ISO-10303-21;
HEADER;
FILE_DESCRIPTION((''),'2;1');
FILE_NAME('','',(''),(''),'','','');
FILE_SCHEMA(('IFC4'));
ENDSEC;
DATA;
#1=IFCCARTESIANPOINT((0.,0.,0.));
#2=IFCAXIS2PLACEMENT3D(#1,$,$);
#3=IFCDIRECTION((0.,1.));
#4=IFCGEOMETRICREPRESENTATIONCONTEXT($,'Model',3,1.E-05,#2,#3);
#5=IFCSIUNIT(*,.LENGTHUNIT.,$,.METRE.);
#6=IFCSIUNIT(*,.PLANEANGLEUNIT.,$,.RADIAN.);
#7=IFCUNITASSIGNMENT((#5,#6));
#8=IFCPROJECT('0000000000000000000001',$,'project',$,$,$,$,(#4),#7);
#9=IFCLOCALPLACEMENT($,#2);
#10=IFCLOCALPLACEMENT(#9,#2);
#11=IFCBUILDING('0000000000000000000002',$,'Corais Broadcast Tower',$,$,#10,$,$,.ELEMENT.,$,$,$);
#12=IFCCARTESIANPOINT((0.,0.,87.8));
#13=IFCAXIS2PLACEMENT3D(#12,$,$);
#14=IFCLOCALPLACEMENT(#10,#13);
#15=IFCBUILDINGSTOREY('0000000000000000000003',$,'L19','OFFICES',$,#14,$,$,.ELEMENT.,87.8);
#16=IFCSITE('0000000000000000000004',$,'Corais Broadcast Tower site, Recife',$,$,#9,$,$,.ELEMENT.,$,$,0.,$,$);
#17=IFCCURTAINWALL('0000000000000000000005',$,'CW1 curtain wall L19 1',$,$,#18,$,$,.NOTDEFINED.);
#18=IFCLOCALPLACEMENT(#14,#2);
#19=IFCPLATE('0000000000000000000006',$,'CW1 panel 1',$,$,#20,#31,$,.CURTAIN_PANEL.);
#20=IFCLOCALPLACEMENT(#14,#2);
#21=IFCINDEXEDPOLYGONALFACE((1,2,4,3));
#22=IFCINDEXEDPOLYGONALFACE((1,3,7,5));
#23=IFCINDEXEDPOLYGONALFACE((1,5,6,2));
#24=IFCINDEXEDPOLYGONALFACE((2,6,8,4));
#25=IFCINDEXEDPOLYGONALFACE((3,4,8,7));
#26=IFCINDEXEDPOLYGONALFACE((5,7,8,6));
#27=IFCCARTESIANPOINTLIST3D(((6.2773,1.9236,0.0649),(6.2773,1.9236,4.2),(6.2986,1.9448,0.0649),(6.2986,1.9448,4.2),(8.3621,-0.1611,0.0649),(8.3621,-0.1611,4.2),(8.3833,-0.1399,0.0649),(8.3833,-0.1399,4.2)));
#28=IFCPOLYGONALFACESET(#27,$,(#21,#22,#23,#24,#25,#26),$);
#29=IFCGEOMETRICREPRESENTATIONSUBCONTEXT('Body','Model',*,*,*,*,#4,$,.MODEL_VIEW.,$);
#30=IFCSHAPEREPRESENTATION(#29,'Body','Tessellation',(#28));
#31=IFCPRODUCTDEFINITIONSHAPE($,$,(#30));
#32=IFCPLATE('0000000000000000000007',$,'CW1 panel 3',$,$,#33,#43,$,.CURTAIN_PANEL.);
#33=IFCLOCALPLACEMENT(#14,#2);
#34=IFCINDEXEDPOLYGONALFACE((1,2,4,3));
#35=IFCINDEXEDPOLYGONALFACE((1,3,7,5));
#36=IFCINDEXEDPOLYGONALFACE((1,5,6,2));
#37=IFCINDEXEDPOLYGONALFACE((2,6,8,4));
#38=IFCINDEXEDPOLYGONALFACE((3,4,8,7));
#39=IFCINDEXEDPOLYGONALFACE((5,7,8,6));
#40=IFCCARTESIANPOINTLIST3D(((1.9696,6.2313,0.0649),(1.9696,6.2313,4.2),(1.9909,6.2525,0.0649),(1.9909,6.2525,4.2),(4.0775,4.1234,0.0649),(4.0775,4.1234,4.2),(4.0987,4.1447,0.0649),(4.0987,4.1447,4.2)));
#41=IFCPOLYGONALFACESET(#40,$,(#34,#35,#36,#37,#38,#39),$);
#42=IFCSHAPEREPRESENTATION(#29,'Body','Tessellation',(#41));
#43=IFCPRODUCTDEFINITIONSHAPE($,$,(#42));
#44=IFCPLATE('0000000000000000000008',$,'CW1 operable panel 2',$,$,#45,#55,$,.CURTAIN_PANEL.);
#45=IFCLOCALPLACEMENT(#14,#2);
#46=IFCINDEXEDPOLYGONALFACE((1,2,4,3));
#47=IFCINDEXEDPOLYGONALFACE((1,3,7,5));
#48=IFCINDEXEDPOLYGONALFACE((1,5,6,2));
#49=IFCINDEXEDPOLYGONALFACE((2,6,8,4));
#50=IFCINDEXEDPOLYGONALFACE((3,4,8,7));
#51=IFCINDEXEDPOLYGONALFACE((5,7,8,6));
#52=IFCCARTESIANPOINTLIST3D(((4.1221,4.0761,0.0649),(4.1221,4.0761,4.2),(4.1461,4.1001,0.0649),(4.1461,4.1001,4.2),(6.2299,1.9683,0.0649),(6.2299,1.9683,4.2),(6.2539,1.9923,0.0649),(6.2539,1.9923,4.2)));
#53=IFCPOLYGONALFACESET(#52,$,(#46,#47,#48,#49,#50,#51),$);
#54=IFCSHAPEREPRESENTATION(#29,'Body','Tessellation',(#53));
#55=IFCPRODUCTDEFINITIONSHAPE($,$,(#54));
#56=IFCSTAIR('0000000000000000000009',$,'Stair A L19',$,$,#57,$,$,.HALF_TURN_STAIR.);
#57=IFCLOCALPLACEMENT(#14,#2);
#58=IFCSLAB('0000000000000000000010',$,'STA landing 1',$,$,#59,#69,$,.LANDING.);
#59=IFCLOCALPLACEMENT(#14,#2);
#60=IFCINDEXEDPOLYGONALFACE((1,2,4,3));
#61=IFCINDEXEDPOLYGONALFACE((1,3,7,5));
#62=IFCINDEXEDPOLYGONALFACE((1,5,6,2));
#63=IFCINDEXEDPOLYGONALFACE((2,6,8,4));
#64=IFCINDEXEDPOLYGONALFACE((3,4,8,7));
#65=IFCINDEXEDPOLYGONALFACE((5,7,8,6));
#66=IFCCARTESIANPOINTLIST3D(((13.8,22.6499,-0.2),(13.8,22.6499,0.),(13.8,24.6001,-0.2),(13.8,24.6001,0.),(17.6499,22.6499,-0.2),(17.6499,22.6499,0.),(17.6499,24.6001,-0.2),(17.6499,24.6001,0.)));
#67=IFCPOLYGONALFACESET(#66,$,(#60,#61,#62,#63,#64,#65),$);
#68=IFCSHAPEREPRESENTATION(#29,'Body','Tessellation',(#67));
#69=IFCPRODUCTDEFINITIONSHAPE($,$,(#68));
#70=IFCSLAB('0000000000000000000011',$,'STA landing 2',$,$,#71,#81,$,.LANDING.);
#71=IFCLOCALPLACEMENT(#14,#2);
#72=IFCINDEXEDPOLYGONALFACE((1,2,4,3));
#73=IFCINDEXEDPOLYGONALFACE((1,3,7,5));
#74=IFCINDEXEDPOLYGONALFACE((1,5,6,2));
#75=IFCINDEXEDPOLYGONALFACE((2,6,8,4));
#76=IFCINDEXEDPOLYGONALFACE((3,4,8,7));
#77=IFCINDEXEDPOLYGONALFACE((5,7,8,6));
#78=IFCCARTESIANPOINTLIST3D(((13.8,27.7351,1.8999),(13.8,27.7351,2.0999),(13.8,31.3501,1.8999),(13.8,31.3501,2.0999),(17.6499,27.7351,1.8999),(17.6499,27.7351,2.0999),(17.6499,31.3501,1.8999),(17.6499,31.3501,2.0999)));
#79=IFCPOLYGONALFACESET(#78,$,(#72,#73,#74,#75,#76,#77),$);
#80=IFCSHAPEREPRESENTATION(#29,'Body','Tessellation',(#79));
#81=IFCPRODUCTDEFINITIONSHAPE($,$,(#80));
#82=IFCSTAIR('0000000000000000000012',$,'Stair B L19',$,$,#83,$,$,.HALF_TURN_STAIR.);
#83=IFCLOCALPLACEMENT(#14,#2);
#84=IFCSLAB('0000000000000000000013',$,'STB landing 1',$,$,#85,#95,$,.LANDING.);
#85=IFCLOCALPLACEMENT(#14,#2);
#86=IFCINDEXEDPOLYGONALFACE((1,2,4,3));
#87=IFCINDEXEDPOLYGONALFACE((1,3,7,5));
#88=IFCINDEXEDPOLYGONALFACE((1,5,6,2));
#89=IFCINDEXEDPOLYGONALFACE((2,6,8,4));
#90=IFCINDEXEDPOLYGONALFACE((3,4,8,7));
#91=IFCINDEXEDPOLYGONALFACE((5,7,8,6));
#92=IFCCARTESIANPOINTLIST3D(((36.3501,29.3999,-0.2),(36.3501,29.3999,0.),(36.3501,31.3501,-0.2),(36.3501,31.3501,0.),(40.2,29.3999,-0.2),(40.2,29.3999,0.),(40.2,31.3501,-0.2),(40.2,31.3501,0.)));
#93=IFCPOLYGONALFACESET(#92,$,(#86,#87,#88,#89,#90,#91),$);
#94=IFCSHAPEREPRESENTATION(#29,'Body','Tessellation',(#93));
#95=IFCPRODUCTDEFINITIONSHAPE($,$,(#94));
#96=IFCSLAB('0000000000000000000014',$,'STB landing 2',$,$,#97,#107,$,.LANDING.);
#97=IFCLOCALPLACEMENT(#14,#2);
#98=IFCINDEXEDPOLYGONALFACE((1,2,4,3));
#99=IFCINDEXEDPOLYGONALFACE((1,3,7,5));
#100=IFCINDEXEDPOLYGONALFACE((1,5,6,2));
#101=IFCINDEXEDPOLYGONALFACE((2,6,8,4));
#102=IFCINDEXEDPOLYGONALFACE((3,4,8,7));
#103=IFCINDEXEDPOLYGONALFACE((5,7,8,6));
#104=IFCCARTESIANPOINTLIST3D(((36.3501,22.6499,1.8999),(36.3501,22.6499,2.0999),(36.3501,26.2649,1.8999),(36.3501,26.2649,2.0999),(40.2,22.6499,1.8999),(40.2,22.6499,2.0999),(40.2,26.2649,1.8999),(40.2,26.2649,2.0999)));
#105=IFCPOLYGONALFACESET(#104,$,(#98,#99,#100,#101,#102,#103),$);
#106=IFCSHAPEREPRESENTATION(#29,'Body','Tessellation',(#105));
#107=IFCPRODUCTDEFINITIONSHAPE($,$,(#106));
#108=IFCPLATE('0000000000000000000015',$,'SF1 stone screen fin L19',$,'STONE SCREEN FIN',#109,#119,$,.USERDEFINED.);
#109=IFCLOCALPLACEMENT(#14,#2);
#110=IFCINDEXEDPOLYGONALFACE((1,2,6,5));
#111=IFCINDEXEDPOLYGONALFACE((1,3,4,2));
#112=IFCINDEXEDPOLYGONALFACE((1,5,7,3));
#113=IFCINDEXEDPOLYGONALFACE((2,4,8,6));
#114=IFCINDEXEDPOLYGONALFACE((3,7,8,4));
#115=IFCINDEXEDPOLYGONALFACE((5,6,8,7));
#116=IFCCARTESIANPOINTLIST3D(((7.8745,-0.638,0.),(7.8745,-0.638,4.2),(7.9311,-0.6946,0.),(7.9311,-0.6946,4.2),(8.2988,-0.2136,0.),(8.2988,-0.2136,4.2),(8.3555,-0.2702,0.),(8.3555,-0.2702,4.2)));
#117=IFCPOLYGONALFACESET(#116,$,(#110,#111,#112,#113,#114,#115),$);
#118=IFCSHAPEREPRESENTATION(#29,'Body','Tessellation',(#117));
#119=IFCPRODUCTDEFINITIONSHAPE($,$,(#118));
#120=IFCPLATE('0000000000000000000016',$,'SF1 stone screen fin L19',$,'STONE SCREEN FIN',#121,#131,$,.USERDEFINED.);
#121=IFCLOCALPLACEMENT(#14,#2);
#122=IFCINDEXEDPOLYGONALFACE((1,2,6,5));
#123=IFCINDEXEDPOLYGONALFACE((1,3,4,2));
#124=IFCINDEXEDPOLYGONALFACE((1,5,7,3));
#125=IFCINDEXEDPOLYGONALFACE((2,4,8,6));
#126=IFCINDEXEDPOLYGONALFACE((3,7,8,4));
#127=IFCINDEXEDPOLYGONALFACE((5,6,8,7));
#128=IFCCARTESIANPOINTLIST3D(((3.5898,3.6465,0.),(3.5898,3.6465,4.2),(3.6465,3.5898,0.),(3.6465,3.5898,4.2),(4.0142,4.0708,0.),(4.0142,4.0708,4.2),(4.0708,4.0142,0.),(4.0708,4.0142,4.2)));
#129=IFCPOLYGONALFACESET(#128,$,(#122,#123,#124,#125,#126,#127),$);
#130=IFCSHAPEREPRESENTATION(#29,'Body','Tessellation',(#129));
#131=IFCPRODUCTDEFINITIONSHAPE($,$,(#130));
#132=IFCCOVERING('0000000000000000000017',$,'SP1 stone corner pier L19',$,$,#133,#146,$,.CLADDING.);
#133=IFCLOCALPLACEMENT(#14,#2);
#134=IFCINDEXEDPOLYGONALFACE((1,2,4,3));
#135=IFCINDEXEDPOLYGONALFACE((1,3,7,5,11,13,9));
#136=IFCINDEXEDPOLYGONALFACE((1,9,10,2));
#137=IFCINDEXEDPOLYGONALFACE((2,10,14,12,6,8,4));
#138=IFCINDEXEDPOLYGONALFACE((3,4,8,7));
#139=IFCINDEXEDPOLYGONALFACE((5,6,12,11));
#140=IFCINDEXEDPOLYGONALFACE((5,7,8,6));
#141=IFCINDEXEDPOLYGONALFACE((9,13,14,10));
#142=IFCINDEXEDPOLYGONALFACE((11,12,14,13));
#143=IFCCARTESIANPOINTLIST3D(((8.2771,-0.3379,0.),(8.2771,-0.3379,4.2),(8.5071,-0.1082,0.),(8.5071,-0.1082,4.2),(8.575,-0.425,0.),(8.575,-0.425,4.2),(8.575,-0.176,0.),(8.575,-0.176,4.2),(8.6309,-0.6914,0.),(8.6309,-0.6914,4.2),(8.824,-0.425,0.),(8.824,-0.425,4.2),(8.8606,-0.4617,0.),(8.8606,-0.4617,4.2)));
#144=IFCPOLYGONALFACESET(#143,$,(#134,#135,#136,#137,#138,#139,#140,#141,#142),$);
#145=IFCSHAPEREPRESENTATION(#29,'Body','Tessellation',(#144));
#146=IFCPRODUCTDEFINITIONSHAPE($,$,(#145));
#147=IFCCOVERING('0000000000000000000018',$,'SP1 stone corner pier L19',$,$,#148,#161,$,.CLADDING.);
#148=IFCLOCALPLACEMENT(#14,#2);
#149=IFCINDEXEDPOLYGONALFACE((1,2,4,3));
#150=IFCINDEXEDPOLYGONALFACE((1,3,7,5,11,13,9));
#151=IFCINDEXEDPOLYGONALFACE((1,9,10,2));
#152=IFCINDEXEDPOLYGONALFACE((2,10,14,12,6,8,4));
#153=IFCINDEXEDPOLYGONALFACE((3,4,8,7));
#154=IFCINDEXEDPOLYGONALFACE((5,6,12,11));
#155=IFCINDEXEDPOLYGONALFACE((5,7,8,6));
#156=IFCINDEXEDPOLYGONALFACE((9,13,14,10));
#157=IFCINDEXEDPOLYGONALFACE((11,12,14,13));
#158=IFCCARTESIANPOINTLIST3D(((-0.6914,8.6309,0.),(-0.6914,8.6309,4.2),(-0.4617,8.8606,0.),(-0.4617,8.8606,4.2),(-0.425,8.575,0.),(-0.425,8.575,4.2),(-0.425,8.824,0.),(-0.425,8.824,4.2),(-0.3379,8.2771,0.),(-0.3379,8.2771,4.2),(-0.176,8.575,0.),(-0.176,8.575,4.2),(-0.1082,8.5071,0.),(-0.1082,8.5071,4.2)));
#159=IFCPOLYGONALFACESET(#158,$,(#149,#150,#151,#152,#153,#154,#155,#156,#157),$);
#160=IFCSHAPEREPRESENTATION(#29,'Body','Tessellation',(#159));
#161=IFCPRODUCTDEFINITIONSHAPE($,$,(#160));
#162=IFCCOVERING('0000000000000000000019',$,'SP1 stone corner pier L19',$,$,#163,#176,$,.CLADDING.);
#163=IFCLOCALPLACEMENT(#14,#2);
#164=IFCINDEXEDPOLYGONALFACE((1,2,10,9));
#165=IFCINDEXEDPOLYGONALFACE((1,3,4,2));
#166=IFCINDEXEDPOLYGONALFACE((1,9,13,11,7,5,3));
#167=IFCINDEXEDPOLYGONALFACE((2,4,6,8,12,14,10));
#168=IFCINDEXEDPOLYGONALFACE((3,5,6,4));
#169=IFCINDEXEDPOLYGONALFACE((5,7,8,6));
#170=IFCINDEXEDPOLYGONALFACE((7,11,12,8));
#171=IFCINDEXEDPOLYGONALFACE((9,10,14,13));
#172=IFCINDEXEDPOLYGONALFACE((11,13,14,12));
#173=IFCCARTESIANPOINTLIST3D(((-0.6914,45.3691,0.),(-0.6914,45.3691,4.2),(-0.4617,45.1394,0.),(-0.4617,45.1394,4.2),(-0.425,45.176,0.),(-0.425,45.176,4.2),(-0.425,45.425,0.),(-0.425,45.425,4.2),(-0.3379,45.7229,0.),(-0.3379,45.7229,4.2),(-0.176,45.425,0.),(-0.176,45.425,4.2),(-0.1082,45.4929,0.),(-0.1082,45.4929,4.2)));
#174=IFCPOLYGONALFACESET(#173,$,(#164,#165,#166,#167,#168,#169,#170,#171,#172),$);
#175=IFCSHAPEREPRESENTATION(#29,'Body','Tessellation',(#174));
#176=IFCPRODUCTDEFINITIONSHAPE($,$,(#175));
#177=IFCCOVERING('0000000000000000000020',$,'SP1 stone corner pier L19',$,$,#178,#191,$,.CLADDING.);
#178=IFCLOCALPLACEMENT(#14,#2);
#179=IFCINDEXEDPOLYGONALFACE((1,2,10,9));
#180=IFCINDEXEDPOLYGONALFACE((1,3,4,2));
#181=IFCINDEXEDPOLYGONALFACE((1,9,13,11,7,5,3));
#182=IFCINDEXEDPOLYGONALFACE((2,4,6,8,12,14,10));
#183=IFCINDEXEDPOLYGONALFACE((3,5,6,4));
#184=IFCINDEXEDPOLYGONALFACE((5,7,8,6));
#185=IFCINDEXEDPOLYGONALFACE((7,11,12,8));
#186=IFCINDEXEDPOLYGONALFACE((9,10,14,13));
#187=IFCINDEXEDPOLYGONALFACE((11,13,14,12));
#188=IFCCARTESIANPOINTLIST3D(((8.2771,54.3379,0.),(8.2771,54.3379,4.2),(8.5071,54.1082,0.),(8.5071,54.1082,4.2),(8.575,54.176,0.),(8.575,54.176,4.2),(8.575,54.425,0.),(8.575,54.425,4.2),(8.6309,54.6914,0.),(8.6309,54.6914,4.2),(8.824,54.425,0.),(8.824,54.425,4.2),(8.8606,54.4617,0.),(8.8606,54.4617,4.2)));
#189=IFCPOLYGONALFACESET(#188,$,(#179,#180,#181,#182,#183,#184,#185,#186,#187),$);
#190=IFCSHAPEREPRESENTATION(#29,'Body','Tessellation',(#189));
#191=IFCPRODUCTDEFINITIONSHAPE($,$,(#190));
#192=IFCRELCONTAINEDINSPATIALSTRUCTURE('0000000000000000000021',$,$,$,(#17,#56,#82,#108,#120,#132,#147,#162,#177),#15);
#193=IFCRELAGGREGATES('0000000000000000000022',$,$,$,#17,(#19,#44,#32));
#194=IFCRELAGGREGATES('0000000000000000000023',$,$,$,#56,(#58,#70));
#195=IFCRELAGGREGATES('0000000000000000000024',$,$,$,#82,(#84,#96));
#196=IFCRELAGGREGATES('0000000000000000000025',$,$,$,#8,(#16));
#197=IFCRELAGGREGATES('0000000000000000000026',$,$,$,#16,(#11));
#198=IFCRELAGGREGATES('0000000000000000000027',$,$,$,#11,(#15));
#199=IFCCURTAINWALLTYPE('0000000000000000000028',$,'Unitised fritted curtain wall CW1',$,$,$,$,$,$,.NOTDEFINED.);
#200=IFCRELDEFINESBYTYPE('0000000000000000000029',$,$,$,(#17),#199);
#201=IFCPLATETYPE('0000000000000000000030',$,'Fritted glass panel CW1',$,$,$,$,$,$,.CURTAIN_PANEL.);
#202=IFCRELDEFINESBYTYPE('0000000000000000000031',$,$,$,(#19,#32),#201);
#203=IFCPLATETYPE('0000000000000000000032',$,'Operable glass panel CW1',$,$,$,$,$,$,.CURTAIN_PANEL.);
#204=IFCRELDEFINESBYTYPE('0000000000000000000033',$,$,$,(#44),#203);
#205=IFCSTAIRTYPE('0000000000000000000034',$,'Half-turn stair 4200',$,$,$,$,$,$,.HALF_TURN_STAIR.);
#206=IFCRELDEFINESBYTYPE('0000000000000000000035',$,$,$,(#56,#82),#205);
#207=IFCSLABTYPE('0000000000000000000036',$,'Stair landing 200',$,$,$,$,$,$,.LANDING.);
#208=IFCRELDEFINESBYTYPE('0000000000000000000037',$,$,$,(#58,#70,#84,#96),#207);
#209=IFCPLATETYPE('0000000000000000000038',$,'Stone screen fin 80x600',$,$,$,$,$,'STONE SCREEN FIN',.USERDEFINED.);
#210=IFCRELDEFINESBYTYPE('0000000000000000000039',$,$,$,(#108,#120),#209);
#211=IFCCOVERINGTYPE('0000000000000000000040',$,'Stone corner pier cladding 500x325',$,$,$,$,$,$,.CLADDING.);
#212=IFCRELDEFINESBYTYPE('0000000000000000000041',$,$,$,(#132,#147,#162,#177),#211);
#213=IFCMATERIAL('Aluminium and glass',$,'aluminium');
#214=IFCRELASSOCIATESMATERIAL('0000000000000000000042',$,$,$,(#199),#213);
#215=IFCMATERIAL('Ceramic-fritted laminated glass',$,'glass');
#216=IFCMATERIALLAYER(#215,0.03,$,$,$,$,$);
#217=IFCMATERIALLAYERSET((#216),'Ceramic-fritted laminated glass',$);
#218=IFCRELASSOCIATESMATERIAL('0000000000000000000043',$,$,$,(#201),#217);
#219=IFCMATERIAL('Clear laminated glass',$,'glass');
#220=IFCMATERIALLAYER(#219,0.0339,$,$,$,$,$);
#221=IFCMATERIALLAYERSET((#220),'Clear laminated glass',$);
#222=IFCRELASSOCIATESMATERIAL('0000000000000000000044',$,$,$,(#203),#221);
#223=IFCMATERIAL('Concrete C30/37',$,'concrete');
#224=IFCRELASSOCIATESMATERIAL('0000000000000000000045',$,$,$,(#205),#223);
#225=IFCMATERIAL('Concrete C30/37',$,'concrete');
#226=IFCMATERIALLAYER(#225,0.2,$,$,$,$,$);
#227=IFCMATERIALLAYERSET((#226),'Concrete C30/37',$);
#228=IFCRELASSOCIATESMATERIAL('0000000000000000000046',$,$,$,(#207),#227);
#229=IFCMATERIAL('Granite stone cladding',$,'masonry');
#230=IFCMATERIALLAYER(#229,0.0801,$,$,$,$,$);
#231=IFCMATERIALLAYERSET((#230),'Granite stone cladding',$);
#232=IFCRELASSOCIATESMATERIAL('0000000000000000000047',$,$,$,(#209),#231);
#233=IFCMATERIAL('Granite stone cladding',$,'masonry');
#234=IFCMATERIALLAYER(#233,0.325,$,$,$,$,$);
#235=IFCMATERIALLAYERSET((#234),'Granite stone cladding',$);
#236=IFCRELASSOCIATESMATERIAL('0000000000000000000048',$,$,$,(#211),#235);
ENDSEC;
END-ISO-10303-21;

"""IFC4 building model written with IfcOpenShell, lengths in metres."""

from ifc_helpers import new_model, si_unit, direction, frame, origin, origin_2d, place, context, subcontext, project, spatial, polyline, rectangle, outline, extrude, material, layer, layer_set, type_object, element, aggregate, save


model = new_model("IFC4")

# Units and contexts
model_context = context("Model", 3, precision=1e-05, world=origin(), true_north=direction((0.0, 1.0)))
body_context = subcontext(model_context, "Body", "Model", "MODEL_VIEW")
ifc_project = project(units=[si_unit("LENGTHUNIT", "METRE"), si_unit("PLANEANGLEUNIT", "RADIAN")], contexts=[model_context])

# Site, building, storey
site_placement = place(None, origin())
site = spatial("IfcSite", under=ifc_project, at=site_placement, Name="Corais Broadcast Tower site, Recife", CompositionType="ELEMENT", RefElevation=0.0)
building_placement = place(site_placement, origin())
building = spatial("IfcBuilding", under=site, at=building_placement, Name="Corais Broadcast Tower", CompositionType="ELEMENT")
storey_placement = place(building_placement, frame((0.0, 0.0, 87.8)))
storey = spatial("IfcBuildingStorey", under=building, at=storey_placement, Name="L19", Description="OFFICES", CompositionType="ELEMENT", Elevation=87.8)

# Curtain wall
ifc_material_1 = material(Name="Aluminium and glass", Category="aluminium")
curtain_wall_type = type_object("IfcCurtainWallType", Name="Unitised fritted curtain wall CW1", PredefinedType="NOTDEFINED", material=ifc_material_1)
curtain_wall_placement = place(storey_placement, origin())
curtain_wall = element("IfcCurtainWall", 1, at=curtain_wall_placement, inside=storey, type_object=curtain_wall_type, Name="CW1 curtain wall L19 1", PredefinedType="NOTDEFINED")

# Plates
ifc_material_2 = material(Name="Ceramic-fritted laminated glass", Category="glass")
ifc_layer_1 = layer(ifc_material_2, 0.03)
ifc_layer_set_1 = layer_set([ifc_layer_1], Name="Ceramic-fritted laminated glass")
plate_type_1 = type_object("IfcPlateType", Name="Fritted glass panel CW1", PredefinedType="CURTAIN_PANEL", material=ifc_layer_set_1)
plate_1_placement = place(storey_placement, frame((7.3303, 0.8918, 0.0649), z_axis=(0.0, 0.0, 1.0), x_axis=(-0.707107, 0.707107, 0.0)))
plate_1 = element("IfcPlate", 2, at=plate_1_placement, type_object=plate_type_1, Name="CW1 panel 1", PredefinedType="CURTAIN_PANEL", context=body_context, shape_type="SweptSolid", body=[
    extrude(rectangle(XDim=2.9482, YDim=0.03, at=origin_2d()), origin(), (0.0, 0.0, 1.0), 4.135),
])
plate_2_placement = place(storey_placement, frame((3.0342, 5.188, 0.0649), z_axis=(0.0, 0.0, 1.0), x_axis=(-0.707107, 0.707107, 0.0)))
plate_2 = element("IfcPlate", 3, at=plate_2_placement, type_object=plate_type_1, Name="CW1 panel 3", PredefinedType="CURTAIN_PANEL", context=body_context, shape_type="SweptSolid", body=[
    extrude(rectangle(XDim=2.981, YDim=0.03, at=origin_2d()), origin(), (0.0, 0.0, 1.0), 4.135),
])
ifc_material_3 = material(Name="Clear laminated glass", Category="glass")
ifc_layer_2 = layer(ifc_material_3, 0.0339)
ifc_layer_set_2 = layer_set([ifc_layer_2], Name="Clear laminated glass")
plate_type_2 = type_object("IfcPlateType", Name="Operable glass panel CW1", PredefinedType="CURTAIN_PANEL", material=ifc_layer_set_2)
plate_3_placement = place(storey_placement, frame((5.188, 3.0342, 0.0649), z_axis=(0.0, 0.0, 1.0), x_axis=(-0.707107, 0.707107, 0.0)))
plate_3 = element("IfcPlate", 4, at=plate_3_placement, type_object=plate_type_2, Name="CW1 operable panel 2", PredefinedType="CURTAIN_PANEL", context=body_context, shape_type="SweptSolid", body=[
    extrude(rectangle(XDim=2.981, YDim=0.0339, at=origin_2d()), origin(), (0.0, 0.0, 1.0), 4.135),
])
aggregate(curtain_wall, [plate_1, plate_3, plate_2])

# Stairs, slabs
ifc_material_4 = material(Name="Concrete C30/37", Category="concrete")
stair_type = type_object("IfcStairType", Name="Half-turn stair 4200", PredefinedType="HALF_TURN_STAIR", material=ifc_material_4)
stair_1_placement = place(storey_placement, origin())
stair_1 = element("IfcStair", 5, at=stair_1_placement, inside=storey, type_object=stair_type, Name="Stair A L19", PredefinedType="HALF_TURN_STAIR")
ifc_material_5 = material(Name="Concrete C30/37", Category="concrete")
ifc_layer_3 = layer(ifc_material_5, 0.2)
ifc_layer_set_3 = layer_set([ifc_layer_3], Name="Concrete C30/37")
slab_type_1 = type_object("IfcSlabType", Name="Stair landing 200", PredefinedType="LANDING", material=ifc_layer_set_3)
slab_1_placement = place(storey_placement, frame((0.0, 0.0, -0.2)))
slab_1 = element("IfcSlab", 6, at=slab_1_placement, type_object=slab_type_1, Name="STA landing 1", PredefinedType="LANDING", context=body_context, shape_type="SweptSolid", body=[
    extrude(outline(polyline([(13.8, 22.6499), (17.6499, 22.6499), (17.6499, 24.6001), (13.8, 24.6001), (13.8, 22.6499)])), origin(), (0.0, 0.0, 1.0), 0.2),
])
slab_2_placement = place(storey_placement, frame((0.0, 0.0, 1.8999)))
slab_2 = element("IfcSlab", 7, at=slab_2_placement, type_object=slab_type_1, Name="STA landing 2", PredefinedType="LANDING", context=body_context, shape_type="SweptSolid", body=[
    extrude(outline(polyline([(13.8, 27.7351), (17.6499, 27.7351), (17.6499, 31.3501), (13.8, 31.3501), (13.8, 27.7351)])), origin(), (0.0, 0.0, 1.0), 0.2),
])
aggregate(stair_1, [slab_1, slab_2])
stair_2_placement = place(storey_placement, origin())
stair_2 = element("IfcStair", 8, at=stair_2_placement, inside=storey, type_object=stair_type, Name="Stair B L19", PredefinedType="HALF_TURN_STAIR")
slab_3_placement = place(storey_placement, frame((0.0, 0.0, -0.2)))
slab_3 = element("IfcSlab", 9, at=slab_3_placement, type_object=slab_type_1, Name="STB landing 1", PredefinedType="LANDING", context=body_context, shape_type="SweptSolid", body=[
    extrude(outline(polyline([(36.3501, 29.3999), (40.2, 29.3999), (40.2, 31.3501), (36.3501, 31.3501), (36.3501, 29.3999)])), origin(), (0.0, 0.0, 1.0), 0.2),
])
slab_4_placement = place(storey_placement, frame((0.0, 0.0, 1.8999)))
slab_4 = element("IfcSlab", 10, at=slab_4_placement, type_object=slab_type_1, Name="STB landing 2", PredefinedType="LANDING", context=body_context, shape_type="SweptSolid", body=[
    extrude(outline(polyline([(36.3501, 22.6499), (40.2, 22.6499), (40.2, 26.2649), (36.3501, 26.2649), (36.3501, 22.6499)])), origin(), (0.0, 0.0, 1.0), 0.2),
])
aggregate(stair_2, [slab_3, slab_4])

# Plates
ifc_material_6 = material(Name="Granite stone cladding", Category="masonry")
ifc_layer_4 = layer(ifc_material_6, 0.0801)
ifc_layer_set_4 = layer_set([ifc_layer_4], Name="Granite stone cladding")
plate_type_3 = type_object("IfcPlateType", Name="Stone screen fin 80x600", ElementType="STONE SCREEN FIN", PredefinedType="USERDEFINED", material=ifc_layer_set_4)
for number, where, z_axis, x_axis, name in (
    (11, (8.115, -0.4541, 0.0), (0.0, 0.0, 1.0), (-0.707107, 0.707107, 0.0), "SF1 stone screen fin L19"),
    (12, (3.8303, 3.8303, 0.0), (0.0, 0.0, 1.0), (-0.707107, 0.707107, 0.0), "SF1 stone screen fin L19"),
):
    element("IfcPlate", number, at=place(storey_placement, frame(where, z_axis=z_axis, x_axis=x_axis)), inside=storey, type_object=plate_type_3, Name=name, ObjectType="STONE SCREEN FIN", PredefinedType="USERDEFINED", context=body_context, shape_type="SweptSolid", body=[
        extrude(rectangle(XDim=0.0801, YDim=0.6001, at=origin_2d()), origin(), (0.0, 0.0, 1.0), 4.2),
    ])

# Coverings
ifc_material_7 = material(Name="Granite stone cladding", Category="masonry")
ifc_layer_5 = layer(ifc_material_7, 0.325)
ifc_layer_set_5 = layer_set([ifc_layer_5], Name="Granite stone cladding")
covering_type_1 = type_object("IfcCoveringType", Name="Stone corner pier cladding 500x325", PredefinedType="CLADDING", material=ifc_layer_set_5)
covering_1_placement = place(storey_placement, origin())
element("IfcCovering", 13, at=covering_1_placement, inside=storey, type_object=covering_type_1, Name="SP1 stone corner pier L19", PredefinedType="CLADDING", context=body_context, shape_type="SweptSolid", body=[
    extrude(outline(polyline([(8.8606, -0.4617), (8.824, -0.425), (8.575, -0.425), (8.575, -0.176), (8.5071, -0.1082), (8.2771, -0.3379), (8.6309, -0.6914), (8.8606, -0.4617)])), origin(), (0.0, 0.0, 1.0), 4.2),
])
covering_2_placement = place(storey_placement, origin())
element("IfcCovering", 14, at=covering_2_placement, inside=storey, type_object=covering_type_1, Name="SP1 stone corner pier L19", PredefinedType="CLADDING", context=body_context, shape_type="SweptSolid", body=[
    extrude(outline(polyline([(-0.425, 8.824), (-0.4617, 8.8606), (-0.6914, 8.6309), (-0.3379, 8.2771), (-0.1082, 8.5071), (-0.176, 8.575), (-0.425, 8.575), (-0.425, 8.824)])), origin(), (0.0, 0.0, 1.0), 4.2),
])
covering_3_placement = place(storey_placement, origin())
element("IfcCovering", 15, at=covering_3_placement, inside=storey, type_object=covering_type_1, Name="SP1 stone corner pier L19", PredefinedType="CLADDING", context=body_context, shape_type="SweptSolid", body=[
    extrude(outline(polyline([(-0.4617, 45.1394), (-0.425, 45.176), (-0.425, 45.425), (-0.176, 45.425), (-0.1082, 45.4929), (-0.3379, 45.7229), (-0.6914, 45.3691), (-0.4617, 45.1394)])), origin(), (0.0, 0.0, 1.0), 4.2),
])
covering_4_placement = place(storey_placement, origin())
element("IfcCovering", 16, at=covering_4_placement, inside=storey, type_object=covering_type_1, Name="SP1 stone corner pier L19", PredefinedType="CLADDING", context=body_context, shape_type="SweptSolid", body=[
    extrude(outline(polyline([(8.824, 54.425), (8.8606, 54.4617), (8.6309, 54.6914), (8.2771, 54.3379), (8.5071, 54.1082), (8.575, 54.176), (8.575, 54.425), (8.824, 54.425)])), origin(), (0.0, 0.0, 1.0), 4.2),
])

save(model, "model.ifc")
